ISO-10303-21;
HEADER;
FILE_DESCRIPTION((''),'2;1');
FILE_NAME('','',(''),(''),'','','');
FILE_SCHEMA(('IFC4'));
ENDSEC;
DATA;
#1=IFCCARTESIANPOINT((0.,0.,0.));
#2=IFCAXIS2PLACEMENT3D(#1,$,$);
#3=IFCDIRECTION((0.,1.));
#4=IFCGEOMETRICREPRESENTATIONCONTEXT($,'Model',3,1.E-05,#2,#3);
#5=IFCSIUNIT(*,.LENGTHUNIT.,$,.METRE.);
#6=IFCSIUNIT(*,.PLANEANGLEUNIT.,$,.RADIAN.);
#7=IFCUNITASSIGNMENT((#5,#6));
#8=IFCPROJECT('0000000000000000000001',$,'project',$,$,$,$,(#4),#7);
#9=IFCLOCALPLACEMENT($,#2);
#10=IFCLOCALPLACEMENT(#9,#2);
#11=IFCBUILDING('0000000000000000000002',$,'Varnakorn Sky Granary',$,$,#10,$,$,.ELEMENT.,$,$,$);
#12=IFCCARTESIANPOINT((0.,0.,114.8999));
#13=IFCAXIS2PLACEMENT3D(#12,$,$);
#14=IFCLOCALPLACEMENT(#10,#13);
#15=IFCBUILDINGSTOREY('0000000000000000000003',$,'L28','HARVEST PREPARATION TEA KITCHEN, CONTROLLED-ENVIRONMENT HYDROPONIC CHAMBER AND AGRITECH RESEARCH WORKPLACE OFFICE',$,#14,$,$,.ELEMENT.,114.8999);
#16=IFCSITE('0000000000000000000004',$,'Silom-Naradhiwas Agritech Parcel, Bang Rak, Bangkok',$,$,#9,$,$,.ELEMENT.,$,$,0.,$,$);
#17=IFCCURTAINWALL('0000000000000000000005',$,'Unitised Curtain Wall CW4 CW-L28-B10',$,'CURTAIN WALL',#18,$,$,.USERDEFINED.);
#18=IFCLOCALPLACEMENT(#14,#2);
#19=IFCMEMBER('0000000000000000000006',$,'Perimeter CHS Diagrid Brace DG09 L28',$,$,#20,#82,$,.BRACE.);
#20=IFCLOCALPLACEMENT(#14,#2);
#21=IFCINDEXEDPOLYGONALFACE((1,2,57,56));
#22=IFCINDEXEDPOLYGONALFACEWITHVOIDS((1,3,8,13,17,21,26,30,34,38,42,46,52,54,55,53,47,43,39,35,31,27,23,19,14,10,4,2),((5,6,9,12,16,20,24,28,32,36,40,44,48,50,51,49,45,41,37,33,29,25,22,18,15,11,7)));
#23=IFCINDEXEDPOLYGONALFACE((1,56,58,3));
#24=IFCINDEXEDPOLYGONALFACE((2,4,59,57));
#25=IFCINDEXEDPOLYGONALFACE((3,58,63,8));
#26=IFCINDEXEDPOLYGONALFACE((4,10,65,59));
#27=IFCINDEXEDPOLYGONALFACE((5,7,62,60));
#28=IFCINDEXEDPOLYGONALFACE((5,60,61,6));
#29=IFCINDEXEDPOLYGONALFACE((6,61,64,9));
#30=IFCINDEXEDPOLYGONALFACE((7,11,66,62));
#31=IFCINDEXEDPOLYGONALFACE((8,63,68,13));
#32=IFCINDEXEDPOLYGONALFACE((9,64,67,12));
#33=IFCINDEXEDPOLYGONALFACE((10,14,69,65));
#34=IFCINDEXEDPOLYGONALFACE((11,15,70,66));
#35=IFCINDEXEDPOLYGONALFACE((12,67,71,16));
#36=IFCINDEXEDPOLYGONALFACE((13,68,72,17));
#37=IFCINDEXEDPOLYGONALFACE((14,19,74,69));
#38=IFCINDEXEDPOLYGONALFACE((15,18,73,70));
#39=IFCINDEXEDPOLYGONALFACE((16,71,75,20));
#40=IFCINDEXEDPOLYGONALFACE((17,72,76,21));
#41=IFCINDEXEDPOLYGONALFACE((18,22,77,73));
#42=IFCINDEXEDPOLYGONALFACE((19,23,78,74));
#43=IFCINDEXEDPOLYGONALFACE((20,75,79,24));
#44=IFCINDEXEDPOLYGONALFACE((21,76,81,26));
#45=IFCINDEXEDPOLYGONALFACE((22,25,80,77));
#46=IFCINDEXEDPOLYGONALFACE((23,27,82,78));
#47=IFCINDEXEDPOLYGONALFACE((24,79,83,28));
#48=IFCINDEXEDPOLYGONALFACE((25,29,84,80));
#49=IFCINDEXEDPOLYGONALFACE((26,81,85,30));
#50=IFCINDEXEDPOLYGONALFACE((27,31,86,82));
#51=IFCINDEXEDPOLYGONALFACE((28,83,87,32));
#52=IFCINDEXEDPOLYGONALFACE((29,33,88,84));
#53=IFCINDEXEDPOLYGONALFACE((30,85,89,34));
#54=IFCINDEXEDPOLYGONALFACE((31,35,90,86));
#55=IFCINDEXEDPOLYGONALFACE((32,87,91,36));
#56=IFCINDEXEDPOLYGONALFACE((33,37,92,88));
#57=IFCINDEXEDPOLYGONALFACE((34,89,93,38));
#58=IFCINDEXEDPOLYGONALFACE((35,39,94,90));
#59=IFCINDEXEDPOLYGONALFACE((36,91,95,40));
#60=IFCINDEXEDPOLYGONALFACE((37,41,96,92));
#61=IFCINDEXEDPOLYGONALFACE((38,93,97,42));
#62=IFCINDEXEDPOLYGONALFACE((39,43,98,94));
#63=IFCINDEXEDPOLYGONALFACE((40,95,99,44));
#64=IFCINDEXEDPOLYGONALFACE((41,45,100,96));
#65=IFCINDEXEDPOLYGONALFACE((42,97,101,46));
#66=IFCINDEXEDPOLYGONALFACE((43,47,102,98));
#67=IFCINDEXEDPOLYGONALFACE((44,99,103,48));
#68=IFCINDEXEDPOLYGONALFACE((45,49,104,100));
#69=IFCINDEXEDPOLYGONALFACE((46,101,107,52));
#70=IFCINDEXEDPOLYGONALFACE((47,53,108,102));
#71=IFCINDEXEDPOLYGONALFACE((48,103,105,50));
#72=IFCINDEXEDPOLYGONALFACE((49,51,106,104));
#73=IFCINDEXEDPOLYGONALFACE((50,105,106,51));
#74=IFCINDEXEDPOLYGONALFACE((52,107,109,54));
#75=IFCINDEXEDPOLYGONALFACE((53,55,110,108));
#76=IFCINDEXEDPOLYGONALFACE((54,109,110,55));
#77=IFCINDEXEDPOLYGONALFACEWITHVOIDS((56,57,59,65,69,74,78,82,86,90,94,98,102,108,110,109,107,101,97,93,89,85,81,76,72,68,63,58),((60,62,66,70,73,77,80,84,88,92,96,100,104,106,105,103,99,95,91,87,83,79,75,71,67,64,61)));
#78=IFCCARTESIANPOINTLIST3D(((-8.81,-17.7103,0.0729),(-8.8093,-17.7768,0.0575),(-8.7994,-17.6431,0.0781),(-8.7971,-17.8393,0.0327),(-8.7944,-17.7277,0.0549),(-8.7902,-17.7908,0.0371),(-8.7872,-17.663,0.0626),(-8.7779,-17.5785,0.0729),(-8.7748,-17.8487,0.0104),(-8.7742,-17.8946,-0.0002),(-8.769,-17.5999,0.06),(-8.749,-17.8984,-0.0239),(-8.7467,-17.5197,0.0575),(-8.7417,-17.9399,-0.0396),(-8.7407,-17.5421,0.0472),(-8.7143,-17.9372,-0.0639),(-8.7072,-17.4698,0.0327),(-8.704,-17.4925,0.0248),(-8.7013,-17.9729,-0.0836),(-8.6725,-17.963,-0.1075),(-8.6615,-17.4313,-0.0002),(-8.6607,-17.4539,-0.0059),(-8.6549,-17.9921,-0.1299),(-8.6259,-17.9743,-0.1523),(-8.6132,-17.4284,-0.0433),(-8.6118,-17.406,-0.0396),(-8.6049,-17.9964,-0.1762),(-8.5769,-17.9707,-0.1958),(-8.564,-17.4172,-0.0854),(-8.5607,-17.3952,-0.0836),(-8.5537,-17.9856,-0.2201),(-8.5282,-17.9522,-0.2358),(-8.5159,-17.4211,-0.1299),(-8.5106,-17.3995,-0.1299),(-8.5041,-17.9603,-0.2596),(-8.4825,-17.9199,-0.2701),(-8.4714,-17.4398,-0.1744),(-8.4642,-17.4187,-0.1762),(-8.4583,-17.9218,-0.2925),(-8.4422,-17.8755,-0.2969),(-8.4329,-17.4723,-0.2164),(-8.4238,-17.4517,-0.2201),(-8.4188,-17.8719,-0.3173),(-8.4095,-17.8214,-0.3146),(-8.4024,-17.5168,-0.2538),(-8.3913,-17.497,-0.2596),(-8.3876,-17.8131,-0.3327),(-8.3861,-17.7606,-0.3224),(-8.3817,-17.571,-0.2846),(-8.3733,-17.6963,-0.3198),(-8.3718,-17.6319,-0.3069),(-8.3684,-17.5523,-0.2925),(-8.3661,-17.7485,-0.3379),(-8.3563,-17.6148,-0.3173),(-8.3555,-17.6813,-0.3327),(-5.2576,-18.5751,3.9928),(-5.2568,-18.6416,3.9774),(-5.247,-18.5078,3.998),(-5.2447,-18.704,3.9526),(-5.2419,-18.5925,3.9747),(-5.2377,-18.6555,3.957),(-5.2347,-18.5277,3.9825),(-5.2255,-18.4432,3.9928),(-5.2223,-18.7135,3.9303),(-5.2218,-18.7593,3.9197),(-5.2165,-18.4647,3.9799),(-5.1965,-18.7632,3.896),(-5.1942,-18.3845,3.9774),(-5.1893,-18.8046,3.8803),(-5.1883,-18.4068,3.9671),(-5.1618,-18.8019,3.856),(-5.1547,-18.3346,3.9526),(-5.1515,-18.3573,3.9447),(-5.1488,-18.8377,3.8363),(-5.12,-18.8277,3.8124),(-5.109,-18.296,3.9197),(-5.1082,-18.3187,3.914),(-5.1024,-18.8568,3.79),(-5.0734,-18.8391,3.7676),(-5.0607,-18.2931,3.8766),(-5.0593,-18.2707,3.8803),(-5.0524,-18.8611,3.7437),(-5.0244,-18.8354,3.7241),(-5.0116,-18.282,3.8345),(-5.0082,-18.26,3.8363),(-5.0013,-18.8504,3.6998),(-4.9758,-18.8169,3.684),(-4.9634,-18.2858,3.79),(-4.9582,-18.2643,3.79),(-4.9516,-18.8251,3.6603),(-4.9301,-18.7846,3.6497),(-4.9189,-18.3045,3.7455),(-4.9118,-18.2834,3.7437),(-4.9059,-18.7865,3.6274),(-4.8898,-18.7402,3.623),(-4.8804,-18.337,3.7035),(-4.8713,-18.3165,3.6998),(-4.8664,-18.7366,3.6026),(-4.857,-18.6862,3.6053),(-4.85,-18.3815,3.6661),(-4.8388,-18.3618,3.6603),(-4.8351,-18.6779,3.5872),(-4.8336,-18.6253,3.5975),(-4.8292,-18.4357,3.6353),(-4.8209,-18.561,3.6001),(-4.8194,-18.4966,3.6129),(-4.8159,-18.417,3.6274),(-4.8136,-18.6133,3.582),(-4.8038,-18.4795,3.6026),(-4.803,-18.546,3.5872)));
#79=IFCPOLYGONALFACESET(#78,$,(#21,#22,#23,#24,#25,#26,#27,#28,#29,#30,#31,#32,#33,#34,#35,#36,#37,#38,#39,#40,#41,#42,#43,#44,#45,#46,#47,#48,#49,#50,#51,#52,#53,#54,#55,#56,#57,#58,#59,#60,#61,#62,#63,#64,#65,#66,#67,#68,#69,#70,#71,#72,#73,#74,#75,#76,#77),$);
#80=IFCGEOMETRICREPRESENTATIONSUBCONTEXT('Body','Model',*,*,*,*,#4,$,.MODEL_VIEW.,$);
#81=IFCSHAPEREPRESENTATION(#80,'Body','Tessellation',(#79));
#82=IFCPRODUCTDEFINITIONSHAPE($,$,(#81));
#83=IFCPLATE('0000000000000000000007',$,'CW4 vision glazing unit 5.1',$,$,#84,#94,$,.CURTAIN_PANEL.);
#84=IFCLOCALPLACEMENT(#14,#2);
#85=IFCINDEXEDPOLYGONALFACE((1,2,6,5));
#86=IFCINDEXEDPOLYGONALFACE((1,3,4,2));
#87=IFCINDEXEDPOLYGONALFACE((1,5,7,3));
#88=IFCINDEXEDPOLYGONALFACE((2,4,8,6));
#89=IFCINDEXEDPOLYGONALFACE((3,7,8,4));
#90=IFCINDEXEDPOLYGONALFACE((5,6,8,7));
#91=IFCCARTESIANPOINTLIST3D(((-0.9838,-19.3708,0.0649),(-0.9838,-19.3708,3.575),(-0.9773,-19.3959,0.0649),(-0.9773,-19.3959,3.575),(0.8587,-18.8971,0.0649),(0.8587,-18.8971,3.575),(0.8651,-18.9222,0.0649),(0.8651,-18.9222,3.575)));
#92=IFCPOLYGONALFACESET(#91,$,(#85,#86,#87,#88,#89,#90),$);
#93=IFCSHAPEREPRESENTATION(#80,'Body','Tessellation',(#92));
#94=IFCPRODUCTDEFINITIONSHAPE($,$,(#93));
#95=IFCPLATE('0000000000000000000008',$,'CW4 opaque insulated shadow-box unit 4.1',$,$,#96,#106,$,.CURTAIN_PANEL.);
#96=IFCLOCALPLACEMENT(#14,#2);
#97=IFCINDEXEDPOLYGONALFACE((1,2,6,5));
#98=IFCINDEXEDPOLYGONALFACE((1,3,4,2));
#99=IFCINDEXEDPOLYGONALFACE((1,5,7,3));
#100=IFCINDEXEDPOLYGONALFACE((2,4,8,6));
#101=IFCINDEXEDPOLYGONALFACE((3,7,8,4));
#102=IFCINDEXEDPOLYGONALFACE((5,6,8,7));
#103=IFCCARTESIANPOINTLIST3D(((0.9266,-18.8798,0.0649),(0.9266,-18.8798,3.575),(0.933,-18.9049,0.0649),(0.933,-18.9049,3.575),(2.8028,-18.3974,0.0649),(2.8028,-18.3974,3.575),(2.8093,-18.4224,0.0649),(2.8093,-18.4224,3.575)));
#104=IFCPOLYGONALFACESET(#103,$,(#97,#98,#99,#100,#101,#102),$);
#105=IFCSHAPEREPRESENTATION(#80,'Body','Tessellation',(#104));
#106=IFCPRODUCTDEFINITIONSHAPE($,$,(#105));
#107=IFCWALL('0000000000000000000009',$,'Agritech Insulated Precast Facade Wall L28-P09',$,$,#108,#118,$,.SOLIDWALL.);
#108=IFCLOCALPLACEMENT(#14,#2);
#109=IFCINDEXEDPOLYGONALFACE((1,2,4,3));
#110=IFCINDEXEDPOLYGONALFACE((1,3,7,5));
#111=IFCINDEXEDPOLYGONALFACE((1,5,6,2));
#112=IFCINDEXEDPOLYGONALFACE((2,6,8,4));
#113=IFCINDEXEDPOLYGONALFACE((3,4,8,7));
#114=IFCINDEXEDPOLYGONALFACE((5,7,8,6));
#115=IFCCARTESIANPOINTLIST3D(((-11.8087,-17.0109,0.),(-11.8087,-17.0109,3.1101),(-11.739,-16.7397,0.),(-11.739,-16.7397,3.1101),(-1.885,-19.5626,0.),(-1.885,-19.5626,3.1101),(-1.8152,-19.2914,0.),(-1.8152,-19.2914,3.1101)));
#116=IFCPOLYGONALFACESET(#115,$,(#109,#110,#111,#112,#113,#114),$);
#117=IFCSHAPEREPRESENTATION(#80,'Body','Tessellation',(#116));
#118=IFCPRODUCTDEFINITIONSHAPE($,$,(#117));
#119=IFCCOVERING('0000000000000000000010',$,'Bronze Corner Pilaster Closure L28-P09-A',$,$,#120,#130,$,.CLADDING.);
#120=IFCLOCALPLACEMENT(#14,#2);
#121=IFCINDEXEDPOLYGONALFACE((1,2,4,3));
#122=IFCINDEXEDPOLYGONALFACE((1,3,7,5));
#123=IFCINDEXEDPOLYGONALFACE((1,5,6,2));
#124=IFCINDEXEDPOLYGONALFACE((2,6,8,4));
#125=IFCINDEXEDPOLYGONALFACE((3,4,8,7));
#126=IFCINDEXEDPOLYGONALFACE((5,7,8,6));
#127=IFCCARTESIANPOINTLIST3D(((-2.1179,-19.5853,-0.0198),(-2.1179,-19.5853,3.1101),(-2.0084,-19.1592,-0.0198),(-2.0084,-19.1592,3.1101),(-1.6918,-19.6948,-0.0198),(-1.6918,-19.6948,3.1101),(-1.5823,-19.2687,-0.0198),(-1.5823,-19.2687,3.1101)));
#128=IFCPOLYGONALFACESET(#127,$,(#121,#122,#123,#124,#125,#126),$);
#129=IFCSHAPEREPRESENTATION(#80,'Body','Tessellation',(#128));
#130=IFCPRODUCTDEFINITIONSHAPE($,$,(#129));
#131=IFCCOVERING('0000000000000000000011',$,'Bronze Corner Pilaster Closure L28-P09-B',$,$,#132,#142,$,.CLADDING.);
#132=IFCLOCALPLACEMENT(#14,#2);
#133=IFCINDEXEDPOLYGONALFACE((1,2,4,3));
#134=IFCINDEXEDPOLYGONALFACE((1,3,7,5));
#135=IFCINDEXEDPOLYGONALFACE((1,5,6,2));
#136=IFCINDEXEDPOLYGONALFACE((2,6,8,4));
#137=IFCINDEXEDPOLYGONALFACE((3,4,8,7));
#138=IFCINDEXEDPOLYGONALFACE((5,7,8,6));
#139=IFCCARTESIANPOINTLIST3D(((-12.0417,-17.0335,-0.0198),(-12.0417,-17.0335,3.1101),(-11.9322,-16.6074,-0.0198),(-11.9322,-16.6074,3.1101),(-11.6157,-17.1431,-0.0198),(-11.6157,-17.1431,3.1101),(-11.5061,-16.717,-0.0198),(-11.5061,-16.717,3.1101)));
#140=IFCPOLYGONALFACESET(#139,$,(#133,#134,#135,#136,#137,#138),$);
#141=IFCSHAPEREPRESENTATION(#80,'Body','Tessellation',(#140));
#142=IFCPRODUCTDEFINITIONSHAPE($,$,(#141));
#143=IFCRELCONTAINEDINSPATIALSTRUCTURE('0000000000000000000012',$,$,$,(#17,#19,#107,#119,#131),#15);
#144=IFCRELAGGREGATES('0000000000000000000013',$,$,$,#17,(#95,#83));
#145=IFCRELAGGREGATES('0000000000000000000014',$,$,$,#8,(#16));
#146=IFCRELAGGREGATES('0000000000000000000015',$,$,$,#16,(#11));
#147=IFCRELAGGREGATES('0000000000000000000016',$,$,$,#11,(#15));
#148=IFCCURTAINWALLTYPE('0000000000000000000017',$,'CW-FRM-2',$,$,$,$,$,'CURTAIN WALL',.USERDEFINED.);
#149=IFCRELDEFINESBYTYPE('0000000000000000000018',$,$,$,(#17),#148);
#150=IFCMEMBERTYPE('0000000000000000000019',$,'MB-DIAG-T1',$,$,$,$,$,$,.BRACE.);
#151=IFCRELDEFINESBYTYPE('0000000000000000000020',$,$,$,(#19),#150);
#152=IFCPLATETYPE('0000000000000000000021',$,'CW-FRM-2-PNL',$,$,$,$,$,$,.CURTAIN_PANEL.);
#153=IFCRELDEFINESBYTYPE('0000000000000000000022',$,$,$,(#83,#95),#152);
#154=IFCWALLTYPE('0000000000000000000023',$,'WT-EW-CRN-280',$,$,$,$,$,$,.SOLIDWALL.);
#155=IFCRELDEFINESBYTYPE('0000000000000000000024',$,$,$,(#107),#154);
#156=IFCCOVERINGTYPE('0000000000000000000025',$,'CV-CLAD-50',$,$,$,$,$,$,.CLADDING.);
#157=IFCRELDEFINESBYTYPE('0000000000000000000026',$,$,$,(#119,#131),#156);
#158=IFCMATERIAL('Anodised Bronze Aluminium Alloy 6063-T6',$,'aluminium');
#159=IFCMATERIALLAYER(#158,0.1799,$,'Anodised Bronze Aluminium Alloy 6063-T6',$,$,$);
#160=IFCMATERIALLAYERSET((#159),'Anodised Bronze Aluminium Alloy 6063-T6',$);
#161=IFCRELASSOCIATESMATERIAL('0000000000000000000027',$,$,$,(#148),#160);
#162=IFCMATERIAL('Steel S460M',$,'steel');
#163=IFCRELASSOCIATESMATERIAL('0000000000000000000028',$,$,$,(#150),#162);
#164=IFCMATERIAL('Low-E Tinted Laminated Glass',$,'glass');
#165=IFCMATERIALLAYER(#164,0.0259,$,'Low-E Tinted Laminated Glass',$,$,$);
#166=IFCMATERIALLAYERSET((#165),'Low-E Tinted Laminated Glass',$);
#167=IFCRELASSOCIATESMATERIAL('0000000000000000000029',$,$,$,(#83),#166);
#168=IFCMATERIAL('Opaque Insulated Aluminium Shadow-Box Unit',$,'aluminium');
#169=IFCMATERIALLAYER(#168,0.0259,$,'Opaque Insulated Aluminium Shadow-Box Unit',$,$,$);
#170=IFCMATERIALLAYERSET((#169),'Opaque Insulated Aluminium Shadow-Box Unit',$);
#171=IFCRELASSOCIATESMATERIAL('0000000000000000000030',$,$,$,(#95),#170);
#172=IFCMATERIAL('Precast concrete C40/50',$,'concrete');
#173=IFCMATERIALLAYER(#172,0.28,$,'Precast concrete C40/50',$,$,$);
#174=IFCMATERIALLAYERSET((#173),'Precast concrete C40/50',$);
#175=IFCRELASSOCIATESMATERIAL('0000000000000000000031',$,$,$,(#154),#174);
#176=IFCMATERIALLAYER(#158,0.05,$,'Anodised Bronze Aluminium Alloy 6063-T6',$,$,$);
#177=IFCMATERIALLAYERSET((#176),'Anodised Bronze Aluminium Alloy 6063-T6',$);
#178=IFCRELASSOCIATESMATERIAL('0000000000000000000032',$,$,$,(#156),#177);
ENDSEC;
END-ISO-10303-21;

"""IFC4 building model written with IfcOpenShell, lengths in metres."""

from ifc_helpers import new_model, si_unit, direction, frame, frame_2d, origin, origin_2d, place, context, subcontext, project, spatial, rectangle, hollow_circle, extrude, source, transform, mapped, material, layer, layer_set, material_profile, profile_set, type_object, type_shapes, element, aggregate, save


model = new_model("IFC4")

# Units and contexts
model_context = context("Model", 3, precision=1e-05, world=origin(), true_north=direction((0.0, 1.0)))
body_context = subcontext(model_context, "Body", "Model", "MODEL_VIEW")
ifc_project = project(units=[si_unit("LENGTHUNIT", "METRE"), si_unit("PLANEANGLEUNIT", "RADIAN")], contexts=[model_context])

# Site, building, storey
site_placement = place(None, origin())
site = spatial("IfcSite", under=ifc_project, at=site_placement, Name="Silom-Naradhiwas Agritech Parcel, Bang Rak, Bangkok", CompositionType="ELEMENT", RefElevation=0.0)
building_placement = place(site_placement, origin())
building = spatial("IfcBuilding", under=site, at=building_placement, Name="Varnakorn Sky Granary", CompositionType="ELEMENT")
storey_placement = place(building_placement, frame((0.0, 0.0, 114.8999)))
storey = spatial("IfcBuildingStorey", under=building, at=storey_placement, Name="L28", Description="HARVEST PREPARATION TEA KITCHEN, CONTROLLED-ENVIRONMENT HYDROPONIC CHAMBER AND AGRITECH RESEARCH WORKPLACE OFFICE", CompositionType="ELEMENT", Elevation=114.8999)

# Shared definitions
ifc_material_1 = material(Name="Steel S460M", Category="steel")

# Shared definitions
ifc_material_2 = material(Name="Anodised Bronze Aluminium Alloy 6063-T6", Category="aluminium")
ifc_layer_1 = layer(ifc_material_2, 0.1799, Name="Anodised Bronze Aluminium Alloy 6063-T6")
ifc_layer_set_1 = layer_set([ifc_layer_1], Name="Anodised Bronze Aluminium Alloy 6063-T6")
curtain_wall_type = type_object("IfcCurtainWallType", Name="CW-FRM-2", ElementType="CURTAIN WALL", PredefinedType="USERDEFINED", material=ifc_layer_set_1)

# Curtain wall
curtain_wall_1_placement = place(storey_placement, origin())
curtain_wall_1 = element("IfcCurtainWall", 1, at=curtain_wall_1_placement, inside=storey, type_object=curtain_wall_type, Name="Unitised Curtain Wall CW4 CW-L28-B10", ObjectType="CURTAIN WALL", PredefinedType="USERDEFINED")

# Member
ifc_material_profile_1 = material_profile(ifc_material_1, hollow_circle(Radius=0.3049, WallThickness=0.0222, at=origin_2d()), Name="CHS 610x22")
ifc_profile_set_1 = profile_set([ifc_material_profile_1], Name="Steel S460M")
member_type_1 = type_object("IfcMemberType", Name="MB-DIAG-T1", PredefinedType="BRACE", material=ifc_profile_set_1)
member_1_placement = place(storey_placement, frame((-8.5828, -17.6958, -0.1299), z_axis=(0.66273, -0.161322, 0.731276), x_axis=(0.236513, 0.971628, 0.0)))
element("IfcMember", 2, at=member_1_placement, inside=storey, type_object=member_type_1, Name="Perimeter CHS Diagrid Brace DG09 L28", PredefinedType="BRACE", context=body_context, shape_type="SweptSolid", body=[
    extrude(hollow_circle(Radius=0.3049, WallThickness=0.0222, at=origin_2d()), origin(), (0.0, 0.0, 1.0), 5.3604),
])

# Plates
ifc_material_3 = material(Name="Low-E Tinted Laminated Glass", Category="glass")
ifc_layer_2 = layer(ifc_material_3, 0.0259, Name="Low-E Tinted Laminated Glass")
ifc_layer_set_2 = layer_set([ifc_layer_2], Name="Low-E Tinted Laminated Glass")
plate_type = type_object("IfcPlateType", Name="CW-FRM-2-PNL", PredefinedType="CURTAIN_PANEL")
shared_shape_1 = source(origin(), body_context, "Body", "SweptSolid", [
    extrude(rectangle(XDim=1.9023, YDim=0.0259, at=origin_2d()), origin(), (0.0, 0.0, 1.0), 3.51),
])
plate_1_placement = place(storey_placement, frame((-0.0593, -19.1465, 0.0649), z_axis=(0.0, 0.0, 1.0), x_axis=(-0.968498, -0.249019, 0.0)))
plate_1 = element("IfcPlate", 3, at=plate_1_placement, type_object=plate_type, material=ifc_layer_set_2, Name="CW4 vision glazing unit 5.1", PredefinedType="CURTAIN_PANEL", context=body_context, shape_type="MappedRepresentation", body=[
    mapped(shared_shape_1, transform((0.0, 0.0, 0.0), x_axis=(1.0, 0.0, 0.0), y_axis=(0.0, 1.0, 0.0), z_axis=(0.0, 0.0, 1.0), scale=1.0)),
])
ifc_material_4 = material(Name="Opaque Insulated Aluminium Shadow-Box Unit", Category="aluminium")
ifc_layer_3 = layer(ifc_material_4, 0.0259, Name="Opaque Insulated Aluminium Shadow-Box Unit")
ifc_layer_set_3 = layer_set([ifc_layer_3], Name="Opaque Insulated Aluminium Shadow-Box Unit")
shared_shape_2 = source(origin(), body_context, "Body", "SweptSolid", [
    extrude(rectangle(XDim=1.9373, YDim=0.0259, at=origin_2d()), origin(), (0.0, 0.0, 1.0), 3.51),
])
type_shapes(plate_type, [shared_shape_1, shared_shape_2])
plate_2_placement = place(storey_placement, frame((1.8679, -18.6511, 0.0649), z_axis=(0.0, 0.0, 1.0), x_axis=(-0.968498, -0.249019, 0.0)))
plate_2 = element("IfcPlate", 4, at=plate_2_placement, type_object=plate_type, material=ifc_layer_set_3, Name="CW4 opaque insulated shadow-box unit 4.1", PredefinedType="CURTAIN_PANEL", context=body_context, shape_type="MappedRepresentation", body=[
    mapped(shared_shape_2, transform((0.0, 0.0, 0.0), x_axis=(1.0, 0.0, 0.0), y_axis=(0.0, 1.0, 0.0), z_axis=(0.0, 0.0, 1.0), scale=1.0)),
])
aggregate(curtain_wall_1, [plate_2, plate_1])

# Wall
ifc_material_5 = material(Name="Precast concrete C40/50", Category="concrete")
ifc_layer_4 = layer(ifc_material_5, 0.28, Name="Precast concrete C40/50")
ifc_layer_set_4 = layer_set([ifc_layer_4], Name="Precast concrete C40/50")
wall_type = type_object("IfcWallType", Name="WT-EW-CRN-280", PredefinedType="SOLIDWALL", material=ifc_layer_set_4)
wall_placement = place(storey_placement, frame((-1.8501, -19.427, 0.0), z_axis=(0.0, 0.0, 1.0), x_axis=(-0.968495, 0.249033, 0.0)))
element("IfcWall", 5, at=wall_placement, inside=storey, type_object=wall_type, Name="Agritech Insulated Precast Facade Wall L28-P09", PredefinedType="SOLIDWALL", context=body_context, shape_type="SweptSolid", body=[
    extrude(rectangle(XDim=10.2466, YDim=0.28, at=frame_2d((5.1233, 0.0))), origin(), (0.0, 0.0, 1.0), 3.1101),
])

# Coverings
ifc_layer_5 = layer(ifc_material_2, 0.05, Name="Anodised Bronze Aluminium Alloy 6063-T6")
ifc_layer_set_5 = layer_set([ifc_layer_5], Name="Anodised Bronze Aluminium Alloy 6063-T6")
covering_type = type_object("IfcCoveringType", Name="CV-CLAD-50", PredefinedType="CLADDING", material=ifc_layer_set_5)
shared_shape_3 = source(origin(), body_context, "Body", "SweptSolid", [
    extrude(rectangle(XDim=0.4399, YDim=0.4399, at=origin_2d()), origin(), (0.0, 0.0, 1.0), 3.1299),
])
type_shapes(covering_type, [shared_shape_3])
for number, where, z_axis, x_axis, name in (
    (6, (-1.8501, -19.427, -0.0198), (0.0, 0.0, 1.0), (-0.968496, 0.249028, 0.0), "Bronze Corner Pilaster Closure L28-P09-A"),
    (7, (-11.7739, -16.8752, -0.0198), (0.0, 0.0, 1.0), (-0.968496, 0.249028, 0.0), "Bronze Corner Pilaster Closure L28-P09-B"),
):
    element("IfcCovering", number, at=place(storey_placement, frame(where, z_axis=z_axis, x_axis=x_axis)), inside=storey, type_object=covering_type, Name=name, PredefinedType="CLADDING", context=body_context, shape_type="MappedRepresentation", body=[
        mapped(shared_shape_3, transform((0.0, 0.0, 0.0), x_axis=(1.0, 0.0, 0.0), y_axis=(0.0, 1.0, 0.0), z_axis=(0.0, 0.0, 1.0), scale=1.0)),
    ])

save(model, "model.ifc")
